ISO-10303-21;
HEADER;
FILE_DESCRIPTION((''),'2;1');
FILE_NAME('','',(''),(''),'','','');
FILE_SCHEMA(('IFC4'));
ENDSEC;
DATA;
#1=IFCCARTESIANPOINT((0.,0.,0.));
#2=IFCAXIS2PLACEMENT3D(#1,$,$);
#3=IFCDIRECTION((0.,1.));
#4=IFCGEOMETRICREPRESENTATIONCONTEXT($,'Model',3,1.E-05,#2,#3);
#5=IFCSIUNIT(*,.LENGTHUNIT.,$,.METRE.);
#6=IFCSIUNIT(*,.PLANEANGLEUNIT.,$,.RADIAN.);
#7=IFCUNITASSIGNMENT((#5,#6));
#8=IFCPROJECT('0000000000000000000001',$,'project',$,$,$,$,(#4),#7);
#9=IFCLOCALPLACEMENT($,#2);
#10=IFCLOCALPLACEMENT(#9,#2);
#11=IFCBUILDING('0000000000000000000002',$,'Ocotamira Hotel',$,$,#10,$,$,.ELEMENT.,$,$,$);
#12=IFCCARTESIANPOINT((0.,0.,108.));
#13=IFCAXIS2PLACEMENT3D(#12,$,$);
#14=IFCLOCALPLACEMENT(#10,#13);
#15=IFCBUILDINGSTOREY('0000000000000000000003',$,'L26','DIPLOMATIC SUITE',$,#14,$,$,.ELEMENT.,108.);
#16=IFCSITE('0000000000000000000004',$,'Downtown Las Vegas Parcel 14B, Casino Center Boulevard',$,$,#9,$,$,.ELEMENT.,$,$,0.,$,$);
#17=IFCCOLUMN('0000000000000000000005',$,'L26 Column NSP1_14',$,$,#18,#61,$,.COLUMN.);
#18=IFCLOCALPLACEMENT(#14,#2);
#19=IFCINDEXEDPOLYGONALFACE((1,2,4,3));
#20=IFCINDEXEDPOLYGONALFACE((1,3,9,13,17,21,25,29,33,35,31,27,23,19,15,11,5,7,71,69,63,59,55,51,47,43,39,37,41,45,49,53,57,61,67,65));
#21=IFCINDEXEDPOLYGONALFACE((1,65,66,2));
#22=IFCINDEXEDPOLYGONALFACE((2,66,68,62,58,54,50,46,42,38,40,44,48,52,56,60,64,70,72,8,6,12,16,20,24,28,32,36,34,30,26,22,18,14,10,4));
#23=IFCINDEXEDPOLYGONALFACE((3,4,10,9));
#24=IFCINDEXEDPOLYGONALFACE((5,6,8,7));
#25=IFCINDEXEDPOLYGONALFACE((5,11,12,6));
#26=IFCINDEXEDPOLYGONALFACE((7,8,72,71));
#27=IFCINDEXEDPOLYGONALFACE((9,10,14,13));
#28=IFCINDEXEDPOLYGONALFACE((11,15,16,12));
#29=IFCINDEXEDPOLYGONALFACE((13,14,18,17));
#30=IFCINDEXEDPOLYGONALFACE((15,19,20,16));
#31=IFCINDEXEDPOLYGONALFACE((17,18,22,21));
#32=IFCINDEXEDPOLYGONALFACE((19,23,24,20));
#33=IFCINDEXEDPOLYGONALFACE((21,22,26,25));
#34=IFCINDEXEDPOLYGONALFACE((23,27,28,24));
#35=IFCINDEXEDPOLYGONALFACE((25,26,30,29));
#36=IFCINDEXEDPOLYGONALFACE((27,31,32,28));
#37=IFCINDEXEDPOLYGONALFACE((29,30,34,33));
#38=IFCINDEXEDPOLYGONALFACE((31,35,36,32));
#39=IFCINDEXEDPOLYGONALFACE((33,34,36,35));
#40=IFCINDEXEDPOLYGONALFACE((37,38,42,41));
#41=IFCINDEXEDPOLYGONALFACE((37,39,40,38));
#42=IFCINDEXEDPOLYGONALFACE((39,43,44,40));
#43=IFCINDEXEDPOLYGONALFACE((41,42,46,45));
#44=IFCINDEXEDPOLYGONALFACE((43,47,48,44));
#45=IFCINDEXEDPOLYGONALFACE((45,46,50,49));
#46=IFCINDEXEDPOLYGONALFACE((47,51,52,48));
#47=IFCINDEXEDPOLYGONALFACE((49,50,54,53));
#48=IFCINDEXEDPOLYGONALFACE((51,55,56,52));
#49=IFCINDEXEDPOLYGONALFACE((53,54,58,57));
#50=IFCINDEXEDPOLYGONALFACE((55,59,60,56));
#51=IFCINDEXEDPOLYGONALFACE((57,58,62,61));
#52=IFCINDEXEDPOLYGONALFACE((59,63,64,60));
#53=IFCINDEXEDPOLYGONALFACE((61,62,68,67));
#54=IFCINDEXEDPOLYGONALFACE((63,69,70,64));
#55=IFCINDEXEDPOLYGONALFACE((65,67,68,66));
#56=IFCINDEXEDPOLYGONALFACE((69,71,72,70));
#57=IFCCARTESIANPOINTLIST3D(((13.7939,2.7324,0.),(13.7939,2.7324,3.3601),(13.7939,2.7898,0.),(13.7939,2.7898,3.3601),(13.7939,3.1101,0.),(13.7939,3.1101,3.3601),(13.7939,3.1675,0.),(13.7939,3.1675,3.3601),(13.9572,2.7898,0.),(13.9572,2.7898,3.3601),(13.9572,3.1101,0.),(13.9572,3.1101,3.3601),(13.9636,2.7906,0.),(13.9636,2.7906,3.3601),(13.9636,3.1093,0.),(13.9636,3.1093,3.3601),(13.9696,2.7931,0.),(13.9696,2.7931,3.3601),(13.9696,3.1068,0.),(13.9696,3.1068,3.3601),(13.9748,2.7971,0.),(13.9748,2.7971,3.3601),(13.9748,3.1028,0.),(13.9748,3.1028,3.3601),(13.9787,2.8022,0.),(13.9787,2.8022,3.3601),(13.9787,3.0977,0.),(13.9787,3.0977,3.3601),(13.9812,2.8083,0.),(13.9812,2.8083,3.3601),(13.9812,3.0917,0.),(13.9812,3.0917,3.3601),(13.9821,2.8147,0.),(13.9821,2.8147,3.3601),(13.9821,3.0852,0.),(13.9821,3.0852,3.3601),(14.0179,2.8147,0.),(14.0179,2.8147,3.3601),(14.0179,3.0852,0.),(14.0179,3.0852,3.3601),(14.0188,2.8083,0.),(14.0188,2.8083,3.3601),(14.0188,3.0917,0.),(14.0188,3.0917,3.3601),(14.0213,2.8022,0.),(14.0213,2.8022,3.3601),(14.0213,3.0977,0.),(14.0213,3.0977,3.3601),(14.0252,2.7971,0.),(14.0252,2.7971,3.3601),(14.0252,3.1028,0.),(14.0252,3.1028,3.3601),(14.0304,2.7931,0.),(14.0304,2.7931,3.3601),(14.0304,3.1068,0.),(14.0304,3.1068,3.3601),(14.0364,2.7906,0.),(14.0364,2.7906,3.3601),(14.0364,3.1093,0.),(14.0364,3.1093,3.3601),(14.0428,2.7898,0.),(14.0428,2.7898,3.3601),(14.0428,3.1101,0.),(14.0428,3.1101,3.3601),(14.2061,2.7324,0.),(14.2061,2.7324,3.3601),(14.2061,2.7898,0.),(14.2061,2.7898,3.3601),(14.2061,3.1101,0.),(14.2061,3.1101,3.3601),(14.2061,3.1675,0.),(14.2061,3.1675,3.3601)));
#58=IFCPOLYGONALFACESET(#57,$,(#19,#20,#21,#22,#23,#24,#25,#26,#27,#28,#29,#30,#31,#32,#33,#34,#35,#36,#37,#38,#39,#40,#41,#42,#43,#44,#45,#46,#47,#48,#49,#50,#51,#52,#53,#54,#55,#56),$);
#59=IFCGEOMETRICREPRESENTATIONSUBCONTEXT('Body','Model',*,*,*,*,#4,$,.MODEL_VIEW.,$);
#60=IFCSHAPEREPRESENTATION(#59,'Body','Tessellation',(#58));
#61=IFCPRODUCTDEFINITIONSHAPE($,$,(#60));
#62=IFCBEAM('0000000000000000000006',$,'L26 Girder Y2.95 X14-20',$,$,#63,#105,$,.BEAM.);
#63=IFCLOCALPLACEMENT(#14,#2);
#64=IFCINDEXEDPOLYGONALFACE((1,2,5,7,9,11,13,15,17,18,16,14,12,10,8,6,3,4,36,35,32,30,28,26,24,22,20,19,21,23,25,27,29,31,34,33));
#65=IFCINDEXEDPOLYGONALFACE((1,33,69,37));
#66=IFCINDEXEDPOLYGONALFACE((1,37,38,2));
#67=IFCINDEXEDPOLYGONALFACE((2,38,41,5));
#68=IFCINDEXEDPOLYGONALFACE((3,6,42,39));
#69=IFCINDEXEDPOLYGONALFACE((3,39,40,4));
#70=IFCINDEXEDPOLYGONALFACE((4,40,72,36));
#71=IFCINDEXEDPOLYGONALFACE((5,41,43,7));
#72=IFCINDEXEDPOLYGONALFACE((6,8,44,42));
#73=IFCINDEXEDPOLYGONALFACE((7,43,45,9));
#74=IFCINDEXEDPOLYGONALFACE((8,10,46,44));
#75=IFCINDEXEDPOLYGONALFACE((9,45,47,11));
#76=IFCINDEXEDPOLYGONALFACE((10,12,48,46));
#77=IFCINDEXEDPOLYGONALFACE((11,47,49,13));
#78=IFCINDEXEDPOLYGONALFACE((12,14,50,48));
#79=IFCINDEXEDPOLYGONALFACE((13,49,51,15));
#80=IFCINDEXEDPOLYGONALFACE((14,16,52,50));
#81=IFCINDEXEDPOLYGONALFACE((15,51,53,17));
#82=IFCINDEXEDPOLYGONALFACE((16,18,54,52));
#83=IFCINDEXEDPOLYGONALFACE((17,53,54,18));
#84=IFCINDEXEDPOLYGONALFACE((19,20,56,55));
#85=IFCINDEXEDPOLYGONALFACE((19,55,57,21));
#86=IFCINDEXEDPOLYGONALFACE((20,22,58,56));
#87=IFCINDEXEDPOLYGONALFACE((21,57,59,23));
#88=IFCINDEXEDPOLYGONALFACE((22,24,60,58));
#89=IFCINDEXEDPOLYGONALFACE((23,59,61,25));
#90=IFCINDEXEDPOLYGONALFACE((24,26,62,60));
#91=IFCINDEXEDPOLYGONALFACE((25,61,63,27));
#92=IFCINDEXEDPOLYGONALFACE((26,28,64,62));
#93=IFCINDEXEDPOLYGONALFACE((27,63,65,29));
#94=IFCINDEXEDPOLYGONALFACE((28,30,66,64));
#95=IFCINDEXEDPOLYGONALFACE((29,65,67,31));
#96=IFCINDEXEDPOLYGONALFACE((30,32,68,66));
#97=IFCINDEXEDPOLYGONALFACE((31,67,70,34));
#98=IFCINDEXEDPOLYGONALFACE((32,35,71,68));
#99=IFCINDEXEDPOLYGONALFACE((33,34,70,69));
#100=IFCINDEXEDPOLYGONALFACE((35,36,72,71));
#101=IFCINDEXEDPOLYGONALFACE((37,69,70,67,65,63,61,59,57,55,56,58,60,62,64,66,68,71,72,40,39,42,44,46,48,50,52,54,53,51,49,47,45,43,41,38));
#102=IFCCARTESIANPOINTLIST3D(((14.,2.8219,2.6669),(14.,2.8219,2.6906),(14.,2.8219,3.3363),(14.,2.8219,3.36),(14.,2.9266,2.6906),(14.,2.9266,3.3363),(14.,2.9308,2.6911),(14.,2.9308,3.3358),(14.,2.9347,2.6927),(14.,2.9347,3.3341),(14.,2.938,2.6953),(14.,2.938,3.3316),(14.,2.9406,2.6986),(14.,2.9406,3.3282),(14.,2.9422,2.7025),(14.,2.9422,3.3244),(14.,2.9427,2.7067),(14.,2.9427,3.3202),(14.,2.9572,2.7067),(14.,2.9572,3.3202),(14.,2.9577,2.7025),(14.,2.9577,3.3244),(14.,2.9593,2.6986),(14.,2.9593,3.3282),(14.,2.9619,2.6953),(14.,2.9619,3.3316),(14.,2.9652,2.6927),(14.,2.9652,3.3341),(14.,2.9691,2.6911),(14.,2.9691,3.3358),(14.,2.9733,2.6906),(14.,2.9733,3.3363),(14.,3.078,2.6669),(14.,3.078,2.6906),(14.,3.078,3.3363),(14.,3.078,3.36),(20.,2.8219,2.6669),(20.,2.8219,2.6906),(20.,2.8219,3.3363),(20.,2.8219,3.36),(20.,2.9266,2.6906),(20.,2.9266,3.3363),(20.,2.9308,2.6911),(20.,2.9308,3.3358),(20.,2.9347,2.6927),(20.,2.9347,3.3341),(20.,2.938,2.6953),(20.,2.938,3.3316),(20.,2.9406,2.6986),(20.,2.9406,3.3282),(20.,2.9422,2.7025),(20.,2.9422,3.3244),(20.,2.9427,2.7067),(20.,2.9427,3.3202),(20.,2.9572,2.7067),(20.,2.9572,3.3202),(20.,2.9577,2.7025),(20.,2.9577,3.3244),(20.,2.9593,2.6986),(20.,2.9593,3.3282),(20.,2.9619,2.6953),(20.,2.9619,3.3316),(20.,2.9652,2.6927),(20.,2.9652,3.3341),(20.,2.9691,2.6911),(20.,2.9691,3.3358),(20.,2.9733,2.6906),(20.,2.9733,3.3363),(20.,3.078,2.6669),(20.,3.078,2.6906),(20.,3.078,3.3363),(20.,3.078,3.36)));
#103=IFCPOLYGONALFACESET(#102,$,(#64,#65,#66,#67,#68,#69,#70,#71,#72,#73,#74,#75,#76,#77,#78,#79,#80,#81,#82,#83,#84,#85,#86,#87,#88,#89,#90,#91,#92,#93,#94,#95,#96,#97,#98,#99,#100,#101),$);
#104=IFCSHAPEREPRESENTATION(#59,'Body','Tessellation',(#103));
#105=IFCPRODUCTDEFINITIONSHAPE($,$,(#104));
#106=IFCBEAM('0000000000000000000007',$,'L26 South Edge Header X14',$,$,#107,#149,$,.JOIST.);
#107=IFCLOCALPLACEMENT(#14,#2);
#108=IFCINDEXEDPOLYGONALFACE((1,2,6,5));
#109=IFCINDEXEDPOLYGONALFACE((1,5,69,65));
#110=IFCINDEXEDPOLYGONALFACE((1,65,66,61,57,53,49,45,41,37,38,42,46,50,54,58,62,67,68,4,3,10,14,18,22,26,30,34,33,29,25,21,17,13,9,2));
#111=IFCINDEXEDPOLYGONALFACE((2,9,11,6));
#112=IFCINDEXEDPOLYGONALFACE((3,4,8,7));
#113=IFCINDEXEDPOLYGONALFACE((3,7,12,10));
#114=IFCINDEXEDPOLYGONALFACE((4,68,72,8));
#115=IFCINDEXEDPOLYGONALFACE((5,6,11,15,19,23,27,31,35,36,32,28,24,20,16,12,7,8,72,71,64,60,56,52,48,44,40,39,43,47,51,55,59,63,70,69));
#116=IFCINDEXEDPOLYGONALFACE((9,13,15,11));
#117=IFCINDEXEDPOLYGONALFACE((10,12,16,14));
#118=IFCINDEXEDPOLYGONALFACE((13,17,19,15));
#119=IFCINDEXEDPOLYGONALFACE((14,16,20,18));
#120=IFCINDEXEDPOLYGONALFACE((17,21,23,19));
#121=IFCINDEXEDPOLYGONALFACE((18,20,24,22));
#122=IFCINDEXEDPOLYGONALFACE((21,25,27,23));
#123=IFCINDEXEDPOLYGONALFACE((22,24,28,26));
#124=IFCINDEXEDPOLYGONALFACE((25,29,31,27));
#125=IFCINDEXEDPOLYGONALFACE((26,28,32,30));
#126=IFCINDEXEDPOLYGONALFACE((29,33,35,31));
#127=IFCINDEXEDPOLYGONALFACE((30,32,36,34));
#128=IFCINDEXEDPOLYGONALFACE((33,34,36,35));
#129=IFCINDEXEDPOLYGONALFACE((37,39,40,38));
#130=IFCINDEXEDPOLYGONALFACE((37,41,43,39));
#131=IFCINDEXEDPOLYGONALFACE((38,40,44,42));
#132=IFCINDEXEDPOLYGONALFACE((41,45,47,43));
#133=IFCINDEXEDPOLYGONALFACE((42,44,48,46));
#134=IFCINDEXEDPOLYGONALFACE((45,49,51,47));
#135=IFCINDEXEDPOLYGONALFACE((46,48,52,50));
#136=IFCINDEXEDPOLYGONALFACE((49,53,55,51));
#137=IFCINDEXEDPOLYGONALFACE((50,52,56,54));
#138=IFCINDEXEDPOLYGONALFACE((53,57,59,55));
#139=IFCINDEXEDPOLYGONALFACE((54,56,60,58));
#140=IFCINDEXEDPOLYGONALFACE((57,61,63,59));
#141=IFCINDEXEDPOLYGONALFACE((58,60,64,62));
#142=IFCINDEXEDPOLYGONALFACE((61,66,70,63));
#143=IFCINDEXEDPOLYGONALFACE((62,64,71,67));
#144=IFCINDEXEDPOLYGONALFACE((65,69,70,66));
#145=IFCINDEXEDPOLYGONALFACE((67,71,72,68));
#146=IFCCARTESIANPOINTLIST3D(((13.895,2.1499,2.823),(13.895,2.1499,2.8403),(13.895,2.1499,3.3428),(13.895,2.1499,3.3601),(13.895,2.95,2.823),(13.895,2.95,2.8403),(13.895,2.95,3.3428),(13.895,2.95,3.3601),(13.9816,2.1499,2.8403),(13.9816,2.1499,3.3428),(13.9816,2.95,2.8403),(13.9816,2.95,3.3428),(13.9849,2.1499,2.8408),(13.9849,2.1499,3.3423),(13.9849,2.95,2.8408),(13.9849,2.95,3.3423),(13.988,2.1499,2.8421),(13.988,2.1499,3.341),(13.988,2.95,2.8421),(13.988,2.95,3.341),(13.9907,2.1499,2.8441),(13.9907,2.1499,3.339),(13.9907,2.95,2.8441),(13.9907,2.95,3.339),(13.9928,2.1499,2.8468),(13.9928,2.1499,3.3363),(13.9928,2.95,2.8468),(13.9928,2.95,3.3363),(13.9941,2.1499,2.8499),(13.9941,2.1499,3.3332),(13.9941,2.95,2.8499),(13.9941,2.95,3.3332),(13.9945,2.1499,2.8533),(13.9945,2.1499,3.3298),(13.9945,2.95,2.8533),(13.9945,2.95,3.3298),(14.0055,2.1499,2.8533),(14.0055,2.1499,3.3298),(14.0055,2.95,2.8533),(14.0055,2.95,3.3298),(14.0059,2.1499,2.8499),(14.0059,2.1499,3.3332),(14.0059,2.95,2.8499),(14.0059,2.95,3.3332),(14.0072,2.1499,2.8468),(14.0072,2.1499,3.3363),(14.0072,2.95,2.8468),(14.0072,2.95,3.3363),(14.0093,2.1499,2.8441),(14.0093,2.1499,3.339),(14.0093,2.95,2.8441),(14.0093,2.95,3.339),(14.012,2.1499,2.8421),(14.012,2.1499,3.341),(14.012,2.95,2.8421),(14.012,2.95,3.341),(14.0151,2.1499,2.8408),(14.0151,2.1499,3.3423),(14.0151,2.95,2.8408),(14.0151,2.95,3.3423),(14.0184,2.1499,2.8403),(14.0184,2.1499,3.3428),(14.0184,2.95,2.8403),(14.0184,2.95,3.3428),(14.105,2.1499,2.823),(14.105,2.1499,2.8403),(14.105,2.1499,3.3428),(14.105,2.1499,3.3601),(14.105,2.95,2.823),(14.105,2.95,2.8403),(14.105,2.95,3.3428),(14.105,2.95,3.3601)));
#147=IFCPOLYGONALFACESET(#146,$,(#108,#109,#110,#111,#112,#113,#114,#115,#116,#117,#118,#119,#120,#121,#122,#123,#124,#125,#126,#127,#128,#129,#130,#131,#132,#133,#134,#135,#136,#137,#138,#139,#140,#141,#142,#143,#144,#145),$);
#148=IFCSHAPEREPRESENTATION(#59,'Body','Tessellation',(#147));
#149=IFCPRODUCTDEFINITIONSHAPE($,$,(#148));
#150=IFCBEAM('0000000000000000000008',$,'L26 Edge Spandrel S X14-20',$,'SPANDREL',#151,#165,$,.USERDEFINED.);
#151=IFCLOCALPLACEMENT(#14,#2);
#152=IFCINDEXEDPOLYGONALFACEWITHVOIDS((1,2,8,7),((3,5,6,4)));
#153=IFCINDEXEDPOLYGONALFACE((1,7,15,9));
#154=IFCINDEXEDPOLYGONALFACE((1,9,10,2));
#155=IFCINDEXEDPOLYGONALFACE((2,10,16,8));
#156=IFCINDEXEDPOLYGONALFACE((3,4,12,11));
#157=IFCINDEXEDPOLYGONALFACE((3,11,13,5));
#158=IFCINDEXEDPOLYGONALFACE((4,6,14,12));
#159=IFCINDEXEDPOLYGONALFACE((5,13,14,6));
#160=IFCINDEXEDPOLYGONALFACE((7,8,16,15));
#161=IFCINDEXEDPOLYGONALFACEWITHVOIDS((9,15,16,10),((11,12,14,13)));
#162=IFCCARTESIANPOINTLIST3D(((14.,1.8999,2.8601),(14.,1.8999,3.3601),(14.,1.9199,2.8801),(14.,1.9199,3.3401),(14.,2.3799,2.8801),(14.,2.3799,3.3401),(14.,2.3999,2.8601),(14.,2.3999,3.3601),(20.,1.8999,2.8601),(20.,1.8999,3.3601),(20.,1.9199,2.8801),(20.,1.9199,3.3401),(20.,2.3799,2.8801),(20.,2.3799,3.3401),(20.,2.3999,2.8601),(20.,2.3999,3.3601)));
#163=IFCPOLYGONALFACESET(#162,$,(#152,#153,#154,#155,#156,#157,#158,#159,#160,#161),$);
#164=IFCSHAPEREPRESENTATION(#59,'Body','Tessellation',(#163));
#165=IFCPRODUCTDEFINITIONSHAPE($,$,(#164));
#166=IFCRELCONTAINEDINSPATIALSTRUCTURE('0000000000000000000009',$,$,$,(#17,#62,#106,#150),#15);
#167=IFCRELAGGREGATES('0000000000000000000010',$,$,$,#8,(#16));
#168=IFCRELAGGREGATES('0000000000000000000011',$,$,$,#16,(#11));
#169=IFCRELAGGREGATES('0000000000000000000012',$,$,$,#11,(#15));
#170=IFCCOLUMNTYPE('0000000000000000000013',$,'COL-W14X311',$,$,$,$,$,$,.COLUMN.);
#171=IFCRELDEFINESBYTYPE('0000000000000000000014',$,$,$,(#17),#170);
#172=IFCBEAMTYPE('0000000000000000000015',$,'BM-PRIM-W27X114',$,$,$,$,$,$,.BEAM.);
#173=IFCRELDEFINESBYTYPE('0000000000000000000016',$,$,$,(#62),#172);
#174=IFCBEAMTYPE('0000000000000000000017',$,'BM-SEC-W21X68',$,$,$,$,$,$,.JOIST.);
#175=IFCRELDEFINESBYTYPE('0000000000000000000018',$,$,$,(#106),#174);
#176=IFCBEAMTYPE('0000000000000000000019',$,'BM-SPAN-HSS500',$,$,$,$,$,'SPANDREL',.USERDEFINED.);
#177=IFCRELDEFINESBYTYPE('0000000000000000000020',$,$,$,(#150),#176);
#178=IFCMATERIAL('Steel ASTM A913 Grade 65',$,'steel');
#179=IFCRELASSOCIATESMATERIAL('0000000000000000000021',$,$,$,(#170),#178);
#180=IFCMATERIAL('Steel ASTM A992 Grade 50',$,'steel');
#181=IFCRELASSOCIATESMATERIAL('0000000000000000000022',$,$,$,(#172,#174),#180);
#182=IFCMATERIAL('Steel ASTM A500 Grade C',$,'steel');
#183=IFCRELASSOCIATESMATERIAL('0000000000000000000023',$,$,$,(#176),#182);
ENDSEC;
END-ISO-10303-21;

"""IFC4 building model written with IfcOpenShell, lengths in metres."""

from ifc_helpers import new_model, si_unit, direction, frame, origin, origin_2d, place, context, subcontext, project, spatial, hollow_rectangle, i_section, extrude, source, transform, mapped, material, material_profile, profile_set, type_object, element, save


model = new_model("IFC4")

# Units and contexts
model_context = context("Model", 3, precision=1e-05, world=origin(), true_north=direction((0.0, 1.0)))
body_context = subcontext(model_context, "Body", "Model", "MODEL_VIEW")
ifc_project = project(units=[si_unit("LENGTHUNIT", "METRE"), si_unit("PLANEANGLEUNIT", "RADIAN")], contexts=[model_context])

# Site, building, storey
site_placement = place(None, origin())
site = spatial("IfcSite", under=ifc_project, at=site_placement, Name="Downtown Las Vegas Parcel 14B, Casino Center Boulevard", CompositionType="ELEMENT", RefElevation=0.0)
building_placement = place(site_placement, origin())
building = spatial("IfcBuilding", under=site, at=building_placement, Name="Ocotamira Hotel", CompositionType="ELEMENT")
storey_placement = place(building_placement, frame((0.0, 0.0, 108.0)))
storey = spatial("IfcBuildingStorey", under=building, at=storey_placement, Name="L26", Description="DIPLOMATIC SUITE", CompositionType="ELEMENT", Elevation=108.0)

# Column
ifc_material_1 = material(Name="Steel ASTM A913 Grade 65", Category="steel")
ifc_material_profile_1 = material_profile(ifc_material_1, i_section(OverallWidth=0.4121, OverallDepth=0.4351, WebThickness=0.0359, FlangeThickness=0.0574, FilletRadius=0.0249, at=origin_2d()), Name="W14X311")
ifc_profile_set_1 = profile_set([ifc_material_profile_1], Name="Steel ASTM A913 Grade 65")
column_type = type_object("IfcColumnType", Name="COL-W14X311", PredefinedType="COLUMN", material=ifc_profile_set_1)
shared_shape_1 = source(origin(), body_context, "Body", "SweptSolid", [
    extrude(i_section(OverallWidth=0.4121, OverallDepth=0.4351, WebThickness=0.0359, FlangeThickness=0.0574, FilletRadius=0.0249, at=origin_2d()), origin(), (0.0, 0.0, 1.0), 3.3601),
])
column_placement = place(storey_placement, frame((14.0, 2.95, 0.0), z_axis=(0.0, 0.0, 1.0), x_axis=(1.0, 0.0, 0.0)))
element("IfcColumn", 1, at=column_placement, inside=storey, type_object=column_type, Name="L26 Column NSP1_14", PredefinedType="COLUMN", context=body_context, shape_type="MappedRepresentation", body=[
    mapped(shared_shape_1, transform((0.0, 0.0, 0.0), scale=1.0)),
])

# Beams
ifc_material_2 = material(Name="Steel ASTM A992 Grade 50", Category="steel")
ifc_material_profile_2 = material_profile(ifc_material_2, i_section(OverallWidth=0.2561, OverallDepth=0.6931, WebThickness=0.0144, FlangeThickness=0.0237, FilletRadius=0.0161, at=origin_2d()), Name="W27X114")
ifc_profile_set_2 = profile_set([ifc_material_profile_2], Name="Steel ASTM A992 Grade 50")
beam_type_1 = type_object("IfcBeamType", Name="BM-PRIM-W27X114", PredefinedType="BEAM", material=ifc_profile_set_2)
shared_shape_2 = source(origin(), body_context, "Body", "SweptSolid", [
    extrude(i_section(OverallWidth=0.2561, OverallDepth=0.6931, WebThickness=0.0144, FlangeThickness=0.0237, FilletRadius=0.0161, at=origin_2d()), origin(), (0.0, 0.0, 1.0), 6.0),
])
beam_1_placement = place(storey_placement, frame((14.0, 2.95, 3.0134), z_axis=(1.0, 0.0, 0.0), x_axis=(0.0, 1.0, 0.0)))
element("IfcBeam", 2, at=beam_1_placement, inside=storey, type_object=beam_type_1, Name="L26 Girder Y2.95 X14-20", PredefinedType="BEAM", context=body_context, shape_type="MappedRepresentation", body=[
    mapped(shared_shape_2, transform((0.0, 0.0, 0.0), scale=1.0)),
])
ifc_material_profile_3 = material_profile(ifc_material_2, i_section(OverallWidth=0.21, OverallDepth=0.5371, WebThickness=0.011, FlangeThickness=0.0173, FilletRadius=0.0129, at=origin_2d()), Name="W21X68")
ifc_profile_set_3 = profile_set([ifc_material_profile_3], Name="Steel ASTM A992 Grade 50")
beam_type_2 = type_object("IfcBeamType", Name="BM-SEC-W21X68", PredefinedType="JOIST", material=ifc_profile_set_3)
shared_shape_3 = source(origin(), body_context, "Body", "SweptSolid", [
    extrude(i_section(OverallWidth=0.21, OverallDepth=0.5371, WebThickness=0.011, FlangeThickness=0.0173, FilletRadius=0.0129, at=origin_2d()), origin(), (0.0, 0.0, 1.0), 0.8),
])
beam_2_placement = place(storey_placement, frame((14.0, 2.95, 3.0916), z_axis=(0.0, -1.0, 0.0), x_axis=(1.0, 0.0, 0.0)))
element("IfcBeam", 3, at=beam_2_placement, inside=storey, type_object=beam_type_2, Name="L26 South Edge Header X14", PredefinedType="JOIST", context=body_context, shape_type="MappedRepresentation", body=[
    mapped(shared_shape_3, transform((0.0, 0.0, 0.0), scale=1.0)),
])
ifc_material_3 = material(Name="Steel ASTM A500 Grade C", Category="steel")
ifc_material_profile_4 = material_profile(ifc_material_3, hollow_rectangle(XDim=0.5, YDim=0.5, WallThickness=0.02, at=origin_2d()), Name="HSS500X500X20")
ifc_profile_set_4 = profile_set([ifc_material_profile_4], Name="Steel ASTM A500 Grade C")
beam_type_3 = type_object("IfcBeamType", Name="BM-SPAN-HSS500", ElementType="SPANDREL", PredefinedType="USERDEFINED", material=ifc_profile_set_4)
shared_shape_4 = source(origin(), body_context, "Body", "SweptSolid", [
    extrude(hollow_rectangle(XDim=0.5, YDim=0.5, WallThickness=0.02, at=origin_2d()), origin(), (0.0, 0.0, 1.0), 6.0),
])
beam_3_placement = place(storey_placement, frame((14.0, 2.1499, 3.1101), z_axis=(1.0, 0.0, 0.0), x_axis=(0.0, 1.0, 0.0)))
element("IfcBeam", 4, at=beam_3_placement, inside=storey, type_object=beam_type_3, Name="L26 Edge Spandrel S X14-20", ObjectType="SPANDREL", PredefinedType="USERDEFINED", context=body_context, shape_type="MappedRepresentation", body=[
    mapped(shared_shape_4, transform((0.0, 0.0, 0.0), scale=1.0)),
])

save(model, "model.ifc")
